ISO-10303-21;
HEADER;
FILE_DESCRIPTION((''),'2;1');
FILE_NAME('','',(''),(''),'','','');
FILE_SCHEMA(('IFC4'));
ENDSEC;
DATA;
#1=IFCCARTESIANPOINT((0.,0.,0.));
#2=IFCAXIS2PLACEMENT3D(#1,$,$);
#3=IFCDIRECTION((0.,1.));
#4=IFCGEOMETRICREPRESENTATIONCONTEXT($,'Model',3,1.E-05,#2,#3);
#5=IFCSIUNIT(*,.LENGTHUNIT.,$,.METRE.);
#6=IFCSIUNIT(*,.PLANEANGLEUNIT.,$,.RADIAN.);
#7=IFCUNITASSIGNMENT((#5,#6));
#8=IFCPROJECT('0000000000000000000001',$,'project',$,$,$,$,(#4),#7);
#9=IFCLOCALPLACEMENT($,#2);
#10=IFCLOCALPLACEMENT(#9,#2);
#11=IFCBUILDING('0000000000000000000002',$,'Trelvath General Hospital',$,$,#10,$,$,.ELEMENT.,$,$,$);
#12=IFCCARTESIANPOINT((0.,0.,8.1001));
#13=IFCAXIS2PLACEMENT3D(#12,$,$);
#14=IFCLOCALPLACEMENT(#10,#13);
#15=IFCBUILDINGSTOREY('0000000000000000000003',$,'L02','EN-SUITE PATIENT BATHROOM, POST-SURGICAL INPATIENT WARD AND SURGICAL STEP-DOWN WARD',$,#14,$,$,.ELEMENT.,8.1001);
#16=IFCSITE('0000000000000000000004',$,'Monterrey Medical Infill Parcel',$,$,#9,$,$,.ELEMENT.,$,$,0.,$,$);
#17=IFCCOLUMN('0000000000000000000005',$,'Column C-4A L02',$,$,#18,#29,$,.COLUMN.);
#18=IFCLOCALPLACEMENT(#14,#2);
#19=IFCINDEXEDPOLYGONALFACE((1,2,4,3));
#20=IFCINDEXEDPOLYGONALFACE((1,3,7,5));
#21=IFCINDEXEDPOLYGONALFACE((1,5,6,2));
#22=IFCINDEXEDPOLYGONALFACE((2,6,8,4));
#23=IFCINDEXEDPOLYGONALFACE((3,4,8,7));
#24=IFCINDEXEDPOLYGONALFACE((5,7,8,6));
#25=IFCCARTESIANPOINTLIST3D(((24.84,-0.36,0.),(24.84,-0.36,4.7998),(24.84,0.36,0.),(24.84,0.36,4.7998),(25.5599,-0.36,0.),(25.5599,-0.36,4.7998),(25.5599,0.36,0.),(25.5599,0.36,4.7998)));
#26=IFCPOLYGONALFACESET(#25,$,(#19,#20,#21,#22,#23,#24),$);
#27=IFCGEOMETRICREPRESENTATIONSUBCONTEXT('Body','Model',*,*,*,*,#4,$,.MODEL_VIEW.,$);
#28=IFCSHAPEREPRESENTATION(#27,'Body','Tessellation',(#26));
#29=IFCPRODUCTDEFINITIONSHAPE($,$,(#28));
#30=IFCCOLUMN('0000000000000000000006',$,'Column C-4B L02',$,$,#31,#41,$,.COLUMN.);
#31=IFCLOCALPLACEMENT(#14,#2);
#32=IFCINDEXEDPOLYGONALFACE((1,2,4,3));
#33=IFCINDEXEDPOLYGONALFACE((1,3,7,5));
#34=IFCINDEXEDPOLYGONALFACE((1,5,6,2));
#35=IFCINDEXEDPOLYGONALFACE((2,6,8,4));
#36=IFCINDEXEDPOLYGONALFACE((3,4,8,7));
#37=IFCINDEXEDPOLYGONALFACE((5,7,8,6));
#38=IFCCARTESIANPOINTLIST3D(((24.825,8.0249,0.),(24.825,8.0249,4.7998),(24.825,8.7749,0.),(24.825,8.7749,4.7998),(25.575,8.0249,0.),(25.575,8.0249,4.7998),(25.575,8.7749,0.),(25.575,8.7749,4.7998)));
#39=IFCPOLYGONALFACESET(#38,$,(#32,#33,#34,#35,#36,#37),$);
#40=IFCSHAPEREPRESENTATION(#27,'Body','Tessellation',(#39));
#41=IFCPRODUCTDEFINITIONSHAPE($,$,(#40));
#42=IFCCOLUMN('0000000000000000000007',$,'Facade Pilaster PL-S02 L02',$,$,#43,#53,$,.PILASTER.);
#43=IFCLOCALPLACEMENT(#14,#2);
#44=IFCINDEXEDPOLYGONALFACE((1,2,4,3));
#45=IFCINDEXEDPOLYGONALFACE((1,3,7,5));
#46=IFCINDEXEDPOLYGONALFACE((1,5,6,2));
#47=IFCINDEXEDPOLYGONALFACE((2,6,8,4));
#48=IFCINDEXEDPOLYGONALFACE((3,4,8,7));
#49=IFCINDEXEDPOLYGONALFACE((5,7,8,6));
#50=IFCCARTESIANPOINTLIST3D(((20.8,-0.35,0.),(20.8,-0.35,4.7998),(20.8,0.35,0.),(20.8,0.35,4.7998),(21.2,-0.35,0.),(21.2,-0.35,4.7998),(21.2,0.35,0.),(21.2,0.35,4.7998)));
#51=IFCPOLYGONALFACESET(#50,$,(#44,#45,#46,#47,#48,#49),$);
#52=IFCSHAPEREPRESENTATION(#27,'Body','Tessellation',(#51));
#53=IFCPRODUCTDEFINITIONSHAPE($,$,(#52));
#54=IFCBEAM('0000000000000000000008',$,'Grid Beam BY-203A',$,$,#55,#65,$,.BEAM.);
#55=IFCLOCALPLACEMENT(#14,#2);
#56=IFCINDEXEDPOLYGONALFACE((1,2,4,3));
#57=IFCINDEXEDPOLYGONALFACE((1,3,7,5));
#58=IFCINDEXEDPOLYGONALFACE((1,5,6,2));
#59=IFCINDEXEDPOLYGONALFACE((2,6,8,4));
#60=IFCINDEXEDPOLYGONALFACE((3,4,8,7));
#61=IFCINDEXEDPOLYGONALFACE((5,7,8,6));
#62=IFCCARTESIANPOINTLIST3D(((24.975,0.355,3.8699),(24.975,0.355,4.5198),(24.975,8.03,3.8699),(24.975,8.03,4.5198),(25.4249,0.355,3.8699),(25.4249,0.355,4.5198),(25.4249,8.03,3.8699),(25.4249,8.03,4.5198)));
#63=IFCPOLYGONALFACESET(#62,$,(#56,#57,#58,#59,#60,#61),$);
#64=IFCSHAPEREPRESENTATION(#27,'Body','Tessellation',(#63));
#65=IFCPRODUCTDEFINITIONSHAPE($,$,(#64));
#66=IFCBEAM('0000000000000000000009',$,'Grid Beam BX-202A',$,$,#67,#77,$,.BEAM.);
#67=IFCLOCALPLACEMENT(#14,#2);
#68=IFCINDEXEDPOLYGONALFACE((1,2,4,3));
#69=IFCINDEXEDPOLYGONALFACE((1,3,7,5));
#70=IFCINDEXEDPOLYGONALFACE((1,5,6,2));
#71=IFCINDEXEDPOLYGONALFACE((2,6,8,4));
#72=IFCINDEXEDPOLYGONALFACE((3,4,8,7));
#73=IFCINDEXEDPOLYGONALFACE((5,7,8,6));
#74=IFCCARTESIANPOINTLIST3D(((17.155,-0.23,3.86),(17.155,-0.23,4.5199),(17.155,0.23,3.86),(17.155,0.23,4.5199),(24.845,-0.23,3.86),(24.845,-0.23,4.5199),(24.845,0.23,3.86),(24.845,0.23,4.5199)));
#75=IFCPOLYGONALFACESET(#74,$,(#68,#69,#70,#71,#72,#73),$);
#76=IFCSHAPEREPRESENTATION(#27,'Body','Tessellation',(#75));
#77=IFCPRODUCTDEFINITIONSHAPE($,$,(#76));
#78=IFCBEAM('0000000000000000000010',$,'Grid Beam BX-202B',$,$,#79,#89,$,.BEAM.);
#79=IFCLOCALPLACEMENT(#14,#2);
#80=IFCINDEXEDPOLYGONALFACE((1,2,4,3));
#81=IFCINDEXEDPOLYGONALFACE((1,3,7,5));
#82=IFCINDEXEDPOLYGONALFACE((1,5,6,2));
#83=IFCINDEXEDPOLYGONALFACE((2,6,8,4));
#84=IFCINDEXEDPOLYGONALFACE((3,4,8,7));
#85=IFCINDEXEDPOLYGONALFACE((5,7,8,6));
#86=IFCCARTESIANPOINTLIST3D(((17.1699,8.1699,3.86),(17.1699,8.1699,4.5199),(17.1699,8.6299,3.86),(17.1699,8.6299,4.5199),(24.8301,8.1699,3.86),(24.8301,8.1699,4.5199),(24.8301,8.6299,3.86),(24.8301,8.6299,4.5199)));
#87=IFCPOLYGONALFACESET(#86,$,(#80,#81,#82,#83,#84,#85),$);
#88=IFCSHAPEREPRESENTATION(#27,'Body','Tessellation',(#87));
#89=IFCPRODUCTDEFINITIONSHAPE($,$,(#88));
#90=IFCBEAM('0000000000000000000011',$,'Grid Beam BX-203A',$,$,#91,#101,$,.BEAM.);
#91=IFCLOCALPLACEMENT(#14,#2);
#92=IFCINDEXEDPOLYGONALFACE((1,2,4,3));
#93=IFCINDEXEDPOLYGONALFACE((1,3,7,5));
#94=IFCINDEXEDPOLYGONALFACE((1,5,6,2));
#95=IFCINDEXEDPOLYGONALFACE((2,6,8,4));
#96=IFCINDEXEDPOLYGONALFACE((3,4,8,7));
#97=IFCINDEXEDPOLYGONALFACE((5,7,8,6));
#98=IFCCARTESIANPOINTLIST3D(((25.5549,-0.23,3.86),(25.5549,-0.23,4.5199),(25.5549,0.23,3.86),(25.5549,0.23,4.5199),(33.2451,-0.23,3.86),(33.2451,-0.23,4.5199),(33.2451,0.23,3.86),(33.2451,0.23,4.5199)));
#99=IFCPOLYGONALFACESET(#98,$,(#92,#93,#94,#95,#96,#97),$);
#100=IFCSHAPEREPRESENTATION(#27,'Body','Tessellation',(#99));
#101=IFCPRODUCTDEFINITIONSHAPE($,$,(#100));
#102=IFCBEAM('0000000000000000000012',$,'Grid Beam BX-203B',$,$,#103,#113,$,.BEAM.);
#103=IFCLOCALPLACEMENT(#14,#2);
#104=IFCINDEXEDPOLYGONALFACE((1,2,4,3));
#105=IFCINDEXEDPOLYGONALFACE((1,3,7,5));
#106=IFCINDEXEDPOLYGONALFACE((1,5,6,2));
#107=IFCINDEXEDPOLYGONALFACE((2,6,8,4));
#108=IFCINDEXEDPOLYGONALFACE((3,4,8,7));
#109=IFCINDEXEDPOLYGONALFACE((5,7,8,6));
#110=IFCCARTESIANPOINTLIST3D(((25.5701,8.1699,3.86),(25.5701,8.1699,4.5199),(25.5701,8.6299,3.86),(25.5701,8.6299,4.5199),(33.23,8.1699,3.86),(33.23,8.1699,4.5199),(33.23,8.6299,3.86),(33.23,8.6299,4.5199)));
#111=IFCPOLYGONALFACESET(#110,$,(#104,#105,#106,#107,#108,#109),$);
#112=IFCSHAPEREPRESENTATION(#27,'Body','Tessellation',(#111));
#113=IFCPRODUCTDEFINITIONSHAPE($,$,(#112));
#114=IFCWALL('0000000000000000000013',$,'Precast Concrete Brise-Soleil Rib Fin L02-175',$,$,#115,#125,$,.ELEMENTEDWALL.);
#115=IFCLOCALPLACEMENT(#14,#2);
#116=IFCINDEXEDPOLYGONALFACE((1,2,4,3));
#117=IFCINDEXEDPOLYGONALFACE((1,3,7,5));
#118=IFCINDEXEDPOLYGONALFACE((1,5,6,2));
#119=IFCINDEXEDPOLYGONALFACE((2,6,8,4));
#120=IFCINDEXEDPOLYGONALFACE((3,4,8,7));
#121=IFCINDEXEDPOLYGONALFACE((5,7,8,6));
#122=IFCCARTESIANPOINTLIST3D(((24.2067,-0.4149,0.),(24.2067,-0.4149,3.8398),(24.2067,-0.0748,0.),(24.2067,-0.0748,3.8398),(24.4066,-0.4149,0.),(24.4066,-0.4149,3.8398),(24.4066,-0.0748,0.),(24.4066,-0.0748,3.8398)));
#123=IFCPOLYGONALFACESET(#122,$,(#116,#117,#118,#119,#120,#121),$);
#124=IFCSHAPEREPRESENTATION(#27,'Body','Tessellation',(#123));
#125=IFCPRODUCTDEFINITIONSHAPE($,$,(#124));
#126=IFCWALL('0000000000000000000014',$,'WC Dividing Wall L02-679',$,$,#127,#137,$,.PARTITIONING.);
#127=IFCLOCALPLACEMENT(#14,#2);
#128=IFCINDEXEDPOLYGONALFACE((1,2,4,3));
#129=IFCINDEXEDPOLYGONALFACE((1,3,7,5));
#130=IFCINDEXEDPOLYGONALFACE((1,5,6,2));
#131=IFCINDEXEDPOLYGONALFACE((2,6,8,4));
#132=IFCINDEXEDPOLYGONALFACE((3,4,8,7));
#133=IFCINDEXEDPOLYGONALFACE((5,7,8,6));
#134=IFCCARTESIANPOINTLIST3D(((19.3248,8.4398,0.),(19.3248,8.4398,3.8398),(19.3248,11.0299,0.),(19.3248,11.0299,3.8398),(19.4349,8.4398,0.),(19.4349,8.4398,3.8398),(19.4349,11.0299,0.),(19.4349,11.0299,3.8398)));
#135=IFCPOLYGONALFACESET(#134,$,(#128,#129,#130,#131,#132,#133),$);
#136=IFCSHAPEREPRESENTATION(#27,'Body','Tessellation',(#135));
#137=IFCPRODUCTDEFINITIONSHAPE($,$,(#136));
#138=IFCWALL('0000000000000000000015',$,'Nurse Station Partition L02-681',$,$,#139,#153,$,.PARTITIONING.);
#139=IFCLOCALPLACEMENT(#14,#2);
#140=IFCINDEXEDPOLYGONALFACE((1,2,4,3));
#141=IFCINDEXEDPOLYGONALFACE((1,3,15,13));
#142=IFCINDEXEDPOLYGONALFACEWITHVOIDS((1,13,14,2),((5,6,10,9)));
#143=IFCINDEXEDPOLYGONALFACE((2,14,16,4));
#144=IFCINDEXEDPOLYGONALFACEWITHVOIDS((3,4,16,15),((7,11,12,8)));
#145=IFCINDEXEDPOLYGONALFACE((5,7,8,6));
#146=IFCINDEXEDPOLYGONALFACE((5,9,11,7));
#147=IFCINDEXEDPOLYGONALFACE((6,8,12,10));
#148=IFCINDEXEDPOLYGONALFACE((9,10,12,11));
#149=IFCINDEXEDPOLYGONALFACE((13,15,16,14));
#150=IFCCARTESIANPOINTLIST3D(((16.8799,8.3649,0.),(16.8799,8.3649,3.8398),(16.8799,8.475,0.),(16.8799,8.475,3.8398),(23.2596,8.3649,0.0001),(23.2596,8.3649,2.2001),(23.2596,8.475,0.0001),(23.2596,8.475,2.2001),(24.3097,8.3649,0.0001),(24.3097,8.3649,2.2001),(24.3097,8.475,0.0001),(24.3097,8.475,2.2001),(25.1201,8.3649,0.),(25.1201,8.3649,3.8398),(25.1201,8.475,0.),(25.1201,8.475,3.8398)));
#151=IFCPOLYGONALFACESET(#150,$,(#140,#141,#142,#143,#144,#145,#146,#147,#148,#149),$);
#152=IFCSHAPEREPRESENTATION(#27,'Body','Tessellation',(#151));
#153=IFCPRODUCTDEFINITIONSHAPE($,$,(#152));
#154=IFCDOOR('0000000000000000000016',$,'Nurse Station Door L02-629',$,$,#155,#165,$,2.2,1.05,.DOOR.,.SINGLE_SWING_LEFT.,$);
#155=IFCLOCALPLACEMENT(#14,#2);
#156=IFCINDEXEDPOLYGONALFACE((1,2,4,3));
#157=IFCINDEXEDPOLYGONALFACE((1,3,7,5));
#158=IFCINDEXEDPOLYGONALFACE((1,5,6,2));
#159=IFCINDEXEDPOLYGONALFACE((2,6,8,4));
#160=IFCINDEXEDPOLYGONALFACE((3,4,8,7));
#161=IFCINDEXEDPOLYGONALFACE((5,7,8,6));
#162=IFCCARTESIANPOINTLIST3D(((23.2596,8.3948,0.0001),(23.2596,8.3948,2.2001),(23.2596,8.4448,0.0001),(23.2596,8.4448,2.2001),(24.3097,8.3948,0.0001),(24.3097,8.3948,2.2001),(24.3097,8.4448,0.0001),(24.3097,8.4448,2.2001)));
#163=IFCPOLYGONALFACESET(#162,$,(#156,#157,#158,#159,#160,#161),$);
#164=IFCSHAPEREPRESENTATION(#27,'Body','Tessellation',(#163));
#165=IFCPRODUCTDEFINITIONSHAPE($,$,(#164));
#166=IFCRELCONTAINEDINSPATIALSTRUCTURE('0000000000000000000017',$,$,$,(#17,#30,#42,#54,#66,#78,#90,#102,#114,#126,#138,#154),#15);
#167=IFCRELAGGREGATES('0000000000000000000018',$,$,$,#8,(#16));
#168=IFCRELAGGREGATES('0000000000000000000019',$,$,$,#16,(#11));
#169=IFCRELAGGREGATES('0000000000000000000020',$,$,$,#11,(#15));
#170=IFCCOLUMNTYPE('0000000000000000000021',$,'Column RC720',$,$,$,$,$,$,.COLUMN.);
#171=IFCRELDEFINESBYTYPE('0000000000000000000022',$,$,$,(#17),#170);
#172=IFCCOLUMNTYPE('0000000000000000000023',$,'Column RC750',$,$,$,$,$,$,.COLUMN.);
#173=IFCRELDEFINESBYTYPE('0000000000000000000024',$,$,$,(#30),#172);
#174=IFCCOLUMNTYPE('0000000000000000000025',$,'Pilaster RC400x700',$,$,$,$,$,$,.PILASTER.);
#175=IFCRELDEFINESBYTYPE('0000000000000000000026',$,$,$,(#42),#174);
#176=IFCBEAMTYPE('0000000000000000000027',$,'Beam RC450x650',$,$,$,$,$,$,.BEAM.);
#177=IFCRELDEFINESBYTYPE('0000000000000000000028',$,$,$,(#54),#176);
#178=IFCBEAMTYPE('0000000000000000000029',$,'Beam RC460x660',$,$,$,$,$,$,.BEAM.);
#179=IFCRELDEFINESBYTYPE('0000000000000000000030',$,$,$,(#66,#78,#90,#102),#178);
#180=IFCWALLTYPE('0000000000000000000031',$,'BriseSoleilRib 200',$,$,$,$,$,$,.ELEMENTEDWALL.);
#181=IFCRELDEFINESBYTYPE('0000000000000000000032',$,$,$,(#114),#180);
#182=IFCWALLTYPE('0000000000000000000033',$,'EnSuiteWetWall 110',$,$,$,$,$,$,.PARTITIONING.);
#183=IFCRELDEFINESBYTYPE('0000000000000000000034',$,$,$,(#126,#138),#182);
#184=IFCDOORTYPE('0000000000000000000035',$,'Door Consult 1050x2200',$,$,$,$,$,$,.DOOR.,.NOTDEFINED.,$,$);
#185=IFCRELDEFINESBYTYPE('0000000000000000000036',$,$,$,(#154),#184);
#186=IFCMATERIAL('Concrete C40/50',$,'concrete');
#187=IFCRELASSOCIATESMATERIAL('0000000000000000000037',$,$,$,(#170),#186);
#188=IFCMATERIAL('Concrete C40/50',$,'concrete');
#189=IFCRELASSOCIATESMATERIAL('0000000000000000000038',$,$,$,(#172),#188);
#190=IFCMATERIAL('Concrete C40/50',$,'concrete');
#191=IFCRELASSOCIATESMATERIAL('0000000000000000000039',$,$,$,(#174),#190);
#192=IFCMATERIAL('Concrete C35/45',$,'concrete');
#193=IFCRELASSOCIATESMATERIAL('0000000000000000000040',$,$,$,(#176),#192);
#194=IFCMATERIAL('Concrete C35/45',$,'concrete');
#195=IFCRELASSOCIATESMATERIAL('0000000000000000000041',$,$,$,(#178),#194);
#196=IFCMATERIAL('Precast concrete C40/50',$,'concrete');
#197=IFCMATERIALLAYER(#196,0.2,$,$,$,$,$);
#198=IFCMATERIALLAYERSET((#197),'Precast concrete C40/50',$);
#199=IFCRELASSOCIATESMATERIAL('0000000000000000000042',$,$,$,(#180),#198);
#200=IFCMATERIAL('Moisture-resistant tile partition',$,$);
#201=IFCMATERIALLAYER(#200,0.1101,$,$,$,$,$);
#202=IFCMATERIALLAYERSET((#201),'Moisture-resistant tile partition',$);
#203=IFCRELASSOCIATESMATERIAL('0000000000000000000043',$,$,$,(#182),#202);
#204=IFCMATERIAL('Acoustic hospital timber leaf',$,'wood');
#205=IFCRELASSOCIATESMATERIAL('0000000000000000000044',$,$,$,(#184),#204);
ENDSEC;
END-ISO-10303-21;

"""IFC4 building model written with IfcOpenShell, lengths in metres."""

from ifc_helpers import new_model, si_unit, direction, frame, frame_2d, origin, origin_2d, place, context, subcontext, project, spatial, rectangle, extrude, material, layer, layer_set, material_profile, profile_set, type_object, element, fill, save


model = new_model("IFC4")

# Units and contexts
model_context = context("Model", 3, precision=1e-05, world=origin(), true_north=direction((0.0, 1.0)))
body_context = subcontext(model_context, "Body", "Model", "MODEL_VIEW")
ifc_project = project(units=[si_unit("LENGTHUNIT", "METRE"), si_unit("PLANEANGLEUNIT", "RADIAN")], contexts=[model_context])

# Site, building, storey
site_placement = place(None, origin())
site = spatial("IfcSite", under=ifc_project, at=site_placement, Name="Monterrey Medical Infill Parcel", CompositionType="ELEMENT", RefElevation=0.0)
building_placement = place(site_placement, origin())
building = spatial("IfcBuilding", under=site, at=building_placement, Name="Trelvath General Hospital", CompositionType="ELEMENT")
storey_placement = place(building_placement, frame((0.0, 0.0, 8.1001)))
storey = spatial("IfcBuildingStorey", under=building, at=storey_placement, Name="L02", Description="EN-SUITE PATIENT BATHROOM, POST-SURGICAL INPATIENT WARD AND SURGICAL STEP-DOWN WARD", CompositionType="ELEMENT", Elevation=8.1001)

# Columns
ifc_material_1 = material(Name="Concrete C40/50", Category="concrete")
ifc_material_profile_1 = material_profile(ifc_material_1, rectangle(XDim=0.72, YDim=0.72, at=origin_2d()), Name="RC720x720")
ifc_profile_set_1 = profile_set([ifc_material_profile_1], Name="Concrete C40/50")
column_type_1 = type_object("IfcColumnType", Name="Column RC720", PredefinedType="COLUMN", material=ifc_profile_set_1)
column_1_placement = place(storey_placement, frame((25.2, 0.0, 0.0), z_axis=(0.0, 0.0, 1.0), x_axis=(1.0, 0.0, 0.0)))
element("IfcColumn", 1, at=column_1_placement, inside=storey, type_object=column_type_1, Name="Column C-4A L02", PredefinedType="COLUMN", context=body_context, shape_type="SweptSolid", body=[
    extrude(rectangle(XDim=0.72, YDim=0.72, at=origin_2d()), origin(), (0.0, 0.0, 1.0), 4.7998),
])
ifc_material_2 = material(Name="Concrete C40/50", Category="concrete")
ifc_material_profile_2 = material_profile(ifc_material_2, rectangle(XDim=0.75, YDim=0.75, at=origin_2d()), Name="RC750x750")
ifc_profile_set_2 = profile_set([ifc_material_profile_2], Name="Concrete C40/50")
column_type_2 = type_object("IfcColumnType", Name="Column RC750", PredefinedType="COLUMN", material=ifc_profile_set_2)
column_2_placement = place(storey_placement, frame((25.2, 8.3999, 0.0), z_axis=(0.0, 0.0, 1.0), x_axis=(1.0, 0.0, 0.0)))
element("IfcColumn", 2, at=column_2_placement, inside=storey, type_object=column_type_2, Name="Column C-4B L02", PredefinedType="COLUMN", context=body_context, shape_type="SweptSolid", body=[
    extrude(rectangle(XDim=0.75, YDim=0.75, at=origin_2d()), origin(), (0.0, 0.0, 1.0), 4.7998),
])
ifc_material_3 = material(Name="Concrete C40/50", Category="concrete")
ifc_material_profile_3 = material_profile(ifc_material_3, rectangle(XDim=0.3999, YDim=0.7, at=origin_2d()), Name="RC400x700")
ifc_profile_set_3 = profile_set([ifc_material_profile_3], Name="Concrete C40/50")
column_type_3 = type_object("IfcColumnType", Name="Pilaster RC400x700", PredefinedType="PILASTER", material=ifc_profile_set_3)
column_3_placement = place(storey_placement, frame((21.0, 0.0, 0.0), z_axis=(0.0, 0.0, 1.0), x_axis=(1.0, 0.0, 0.0)))
element("IfcColumn", 3, at=column_3_placement, inside=storey, type_object=column_type_3, Name="Facade Pilaster PL-S02 L02", PredefinedType="PILASTER", context=body_context, shape_type="SweptSolid", body=[
    extrude(rectangle(XDim=0.3999, YDim=0.7, at=origin_2d()), origin(), (0.0, 0.0, 1.0), 4.7998),
])

# Beams
ifc_material_4 = material(Name="Concrete C35/45", Category="concrete")
ifc_material_profile_4 = material_profile(ifc_material_4, rectangle(XDim=0.45, YDim=0.6499, at=origin_2d()), Name="RCB450x650")
ifc_profile_set_4 = profile_set([ifc_material_profile_4], Name="Concrete C35/45")
beam_type_1 = type_object("IfcBeamType", Name="Beam RC450x650", PredefinedType="BEAM", material=ifc_profile_set_4)
beam_1_placement = place(storey_placement, frame((25.2, 0.355, 4.1948), z_axis=(0.0, 1.0, 0.0), x_axis=(-1.0, 0.0, 0.0)))
element("IfcBeam", 4, at=beam_1_placement, inside=storey, type_object=beam_type_1, Name="Grid Beam BY-203A", PredefinedType="BEAM", context=body_context, shape_type="SweptSolid", body=[
    extrude(rectangle(XDim=0.45, YDim=0.6499, at=origin_2d()), origin(), (0.0, 0.0, 1.0), 7.675),
])
ifc_material_5 = material(Name="Concrete C35/45", Category="concrete")
ifc_material_profile_5 = material_profile(ifc_material_5, rectangle(XDim=0.46, YDim=0.6599, at=origin_2d()), Name="RCB460x660")
ifc_profile_set_5 = profile_set([ifc_material_profile_5], Name="Concrete C35/45")
beam_type_2 = type_object("IfcBeamType", Name="Beam RC460x660", PredefinedType="BEAM", material=ifc_profile_set_5)
beam_2_placement = place(storey_placement, frame((17.155, 0.0, 4.1899), z_axis=(1.0, 0.0, 0.0), x_axis=(0.0, 1.0, 0.0)))
element("IfcBeam", 5, at=beam_2_placement, inside=storey, type_object=beam_type_2, Name="Grid Beam BX-202A", PredefinedType="BEAM", context=body_context, shape_type="SweptSolid", body=[
    extrude(rectangle(XDim=0.46, YDim=0.6599, at=origin_2d()), origin(), (0.0, 0.0, 1.0), 7.6899),
])
beam_3_placement = place(storey_placement, frame((17.1699, 8.3999, 4.1899), z_axis=(1.0, 0.0, 0.0), x_axis=(0.0, 1.0, 0.0)))
element("IfcBeam", 6, at=beam_3_placement, inside=storey, type_object=beam_type_2, Name="Grid Beam BX-202B", PredefinedType="BEAM", context=body_context, shape_type="SweptSolid", body=[
    extrude(rectangle(XDim=0.46, YDim=0.6599, at=origin_2d()), origin(), (0.0, 0.0, 1.0), 7.6602),
])
beam_4_placement = place(storey_placement, frame((25.5549, 0.0, 4.1899), z_axis=(1.0, 0.0, 0.0), x_axis=(0.0, 1.0, 0.0)))
element("IfcBeam", 7, at=beam_4_placement, inside=storey, type_object=beam_type_2, Name="Grid Beam BX-203A", PredefinedType="BEAM", context=body_context, shape_type="SweptSolid", body=[
    extrude(rectangle(XDim=0.46, YDim=0.6599, at=origin_2d()), origin(), (0.0, 0.0, 1.0), 7.6902),
])
beam_5_placement = place(storey_placement, frame((25.5701, 8.3999, 4.1899), z_axis=(1.0, 0.0, 0.0), x_axis=(0.0, 1.0, 0.0)))
element("IfcBeam", 8, at=beam_5_placement, inside=storey, type_object=beam_type_2, Name="Grid Beam BX-203B", PredefinedType="BEAM", context=body_context, shape_type="SweptSolid", body=[
    extrude(rectangle(XDim=0.46, YDim=0.6599, at=origin_2d()), origin(), (0.0, 0.0, 1.0), 7.6599),
])

# Walls
ifc_material_6 = material(Name="Precast concrete C40/50", Category="concrete")
ifc_layer_1 = layer(ifc_material_6, 0.2)
ifc_layer_set_1 = layer_set([ifc_layer_1], Name="Precast concrete C40/50")
wall_type_1 = type_object("IfcWallType", Name="BriseSoleilRib 200", PredefinedType="ELEMENTEDWALL", material=ifc_layer_set_1)
wall_1_placement = place(storey_placement, frame((24.3066, -0.075, 0.0), z_axis=(0.0, 0.0, 1.0), x_axis=(0.0, -1.0, 0.0)))
element("IfcWall", 9, at=wall_1_placement, inside=storey, type_object=wall_type_1, Name="Precast Concrete Brise-Soleil Rib Fin L02-175", PredefinedType="ELEMENTEDWALL", context=body_context, shape_type="SweptSolid", body=[
    extrude(rectangle(XDim=0.3401, YDim=0.2, at=frame_2d((0.1699, 0.0))), origin(), (0.0, 0.0, 1.0), 3.8398),
])
ifc_material_7 = material(Name="Moisture-resistant tile partition")
ifc_layer_2 = layer(ifc_material_7, 0.1101)
ifc_layer_set_2 = layer_set([ifc_layer_2], Name="Moisture-resistant tile partition")
wall_type_2 = type_object("IfcWallType", Name="EnSuiteWetWall 110", PredefinedType="PARTITIONING", material=ifc_layer_set_2)
wall_2_placement = place(storey_placement, frame((19.3799, 8.4399, 0.0), z_axis=(0.0, 0.0, 1.0), x_axis=(0.0, 1.0, 0.0)))
element("IfcWall", 10, at=wall_2_placement, inside=storey, type_object=wall_type_2, Name="WC Dividing Wall L02-679", PredefinedType="PARTITIONING", context=body_context, shape_type="SweptSolid", body=[
    extrude(rectangle(XDim=2.5901, YDim=0.1101, at=frame_2d((1.2949, 0.0))), origin(), (0.0, 0.0, 1.0), 3.8398),
])

# Wall, opening, door
wall_3_placement = place(storey_placement, frame((16.8799, 8.4199, 0.0), z_axis=(0.0, 0.0, 1.0), x_axis=(1.0, 0.0, 0.0)))
wall_3 = element("IfcWall", 11, at=wall_3_placement, inside=storey, type_object=wall_type_2, Name="Nurse Station Partition L02-681", PredefinedType="PARTITIONING", context=body_context, shape_type="SweptSolid", body=[
    extrude(rectangle(XDim=8.2402, YDim=0.1101, at=frame_2d((4.1201, 0.0))), origin(), (0.0, 0.0, 1.0), 3.8398),
])
opening_1_placement = place(wall_3_placement, frame((6.3799, 0.0, 0.0)))
opening_1 = element("IfcOpeningElement", 12, at=opening_1_placement, cuts=wall_3, PredefinedType="OPENING", context=body_context, shape_type="SweptSolid", body=[
    extrude(rectangle(XDim=1.05, YDim=2.2, at=frame_2d((0.5249, 1.1001))), frame((0.0, 0.0649, 0.0), z_axis=(0.0, -1.0, 0.0), x_axis=(1.0, 0.0, 0.0)), (0.0, 0.0, 1.0), 0.1301),
])
ifc_material_8 = material(Name="Acoustic hospital timber leaf", Category="wood")
door_type = type_object("IfcDoorType", Name="Door Consult 1050x2200", OperationType="NOTDEFINED", PredefinedType="DOOR", material=ifc_material_8)
door_placement = place(opening_1_placement, origin())
door = element("IfcDoor", 13, at=door_placement, inside=storey, type_object=door_type, Name="Nurse Station Door L02-629", OperationType="SINGLE_SWING_LEFT", OverallHeight=2.2, OverallWidth=1.05, PredefinedType="DOOR", context=body_context, shape_type="SweptSolid", body=[
    extrude(rectangle(XDim=1.05, YDim=2.2, at=frame_2d((0.5249, 1.1001))), frame((0.0, 0.0249, 0.0), z_axis=(0.0, -1.0, 0.0), x_axis=(1.0, 0.0, 0.0)), (0.0, 0.0, 1.0), 0.05),
])
fill(opening_1, door)

save(model, "model.ifc")
